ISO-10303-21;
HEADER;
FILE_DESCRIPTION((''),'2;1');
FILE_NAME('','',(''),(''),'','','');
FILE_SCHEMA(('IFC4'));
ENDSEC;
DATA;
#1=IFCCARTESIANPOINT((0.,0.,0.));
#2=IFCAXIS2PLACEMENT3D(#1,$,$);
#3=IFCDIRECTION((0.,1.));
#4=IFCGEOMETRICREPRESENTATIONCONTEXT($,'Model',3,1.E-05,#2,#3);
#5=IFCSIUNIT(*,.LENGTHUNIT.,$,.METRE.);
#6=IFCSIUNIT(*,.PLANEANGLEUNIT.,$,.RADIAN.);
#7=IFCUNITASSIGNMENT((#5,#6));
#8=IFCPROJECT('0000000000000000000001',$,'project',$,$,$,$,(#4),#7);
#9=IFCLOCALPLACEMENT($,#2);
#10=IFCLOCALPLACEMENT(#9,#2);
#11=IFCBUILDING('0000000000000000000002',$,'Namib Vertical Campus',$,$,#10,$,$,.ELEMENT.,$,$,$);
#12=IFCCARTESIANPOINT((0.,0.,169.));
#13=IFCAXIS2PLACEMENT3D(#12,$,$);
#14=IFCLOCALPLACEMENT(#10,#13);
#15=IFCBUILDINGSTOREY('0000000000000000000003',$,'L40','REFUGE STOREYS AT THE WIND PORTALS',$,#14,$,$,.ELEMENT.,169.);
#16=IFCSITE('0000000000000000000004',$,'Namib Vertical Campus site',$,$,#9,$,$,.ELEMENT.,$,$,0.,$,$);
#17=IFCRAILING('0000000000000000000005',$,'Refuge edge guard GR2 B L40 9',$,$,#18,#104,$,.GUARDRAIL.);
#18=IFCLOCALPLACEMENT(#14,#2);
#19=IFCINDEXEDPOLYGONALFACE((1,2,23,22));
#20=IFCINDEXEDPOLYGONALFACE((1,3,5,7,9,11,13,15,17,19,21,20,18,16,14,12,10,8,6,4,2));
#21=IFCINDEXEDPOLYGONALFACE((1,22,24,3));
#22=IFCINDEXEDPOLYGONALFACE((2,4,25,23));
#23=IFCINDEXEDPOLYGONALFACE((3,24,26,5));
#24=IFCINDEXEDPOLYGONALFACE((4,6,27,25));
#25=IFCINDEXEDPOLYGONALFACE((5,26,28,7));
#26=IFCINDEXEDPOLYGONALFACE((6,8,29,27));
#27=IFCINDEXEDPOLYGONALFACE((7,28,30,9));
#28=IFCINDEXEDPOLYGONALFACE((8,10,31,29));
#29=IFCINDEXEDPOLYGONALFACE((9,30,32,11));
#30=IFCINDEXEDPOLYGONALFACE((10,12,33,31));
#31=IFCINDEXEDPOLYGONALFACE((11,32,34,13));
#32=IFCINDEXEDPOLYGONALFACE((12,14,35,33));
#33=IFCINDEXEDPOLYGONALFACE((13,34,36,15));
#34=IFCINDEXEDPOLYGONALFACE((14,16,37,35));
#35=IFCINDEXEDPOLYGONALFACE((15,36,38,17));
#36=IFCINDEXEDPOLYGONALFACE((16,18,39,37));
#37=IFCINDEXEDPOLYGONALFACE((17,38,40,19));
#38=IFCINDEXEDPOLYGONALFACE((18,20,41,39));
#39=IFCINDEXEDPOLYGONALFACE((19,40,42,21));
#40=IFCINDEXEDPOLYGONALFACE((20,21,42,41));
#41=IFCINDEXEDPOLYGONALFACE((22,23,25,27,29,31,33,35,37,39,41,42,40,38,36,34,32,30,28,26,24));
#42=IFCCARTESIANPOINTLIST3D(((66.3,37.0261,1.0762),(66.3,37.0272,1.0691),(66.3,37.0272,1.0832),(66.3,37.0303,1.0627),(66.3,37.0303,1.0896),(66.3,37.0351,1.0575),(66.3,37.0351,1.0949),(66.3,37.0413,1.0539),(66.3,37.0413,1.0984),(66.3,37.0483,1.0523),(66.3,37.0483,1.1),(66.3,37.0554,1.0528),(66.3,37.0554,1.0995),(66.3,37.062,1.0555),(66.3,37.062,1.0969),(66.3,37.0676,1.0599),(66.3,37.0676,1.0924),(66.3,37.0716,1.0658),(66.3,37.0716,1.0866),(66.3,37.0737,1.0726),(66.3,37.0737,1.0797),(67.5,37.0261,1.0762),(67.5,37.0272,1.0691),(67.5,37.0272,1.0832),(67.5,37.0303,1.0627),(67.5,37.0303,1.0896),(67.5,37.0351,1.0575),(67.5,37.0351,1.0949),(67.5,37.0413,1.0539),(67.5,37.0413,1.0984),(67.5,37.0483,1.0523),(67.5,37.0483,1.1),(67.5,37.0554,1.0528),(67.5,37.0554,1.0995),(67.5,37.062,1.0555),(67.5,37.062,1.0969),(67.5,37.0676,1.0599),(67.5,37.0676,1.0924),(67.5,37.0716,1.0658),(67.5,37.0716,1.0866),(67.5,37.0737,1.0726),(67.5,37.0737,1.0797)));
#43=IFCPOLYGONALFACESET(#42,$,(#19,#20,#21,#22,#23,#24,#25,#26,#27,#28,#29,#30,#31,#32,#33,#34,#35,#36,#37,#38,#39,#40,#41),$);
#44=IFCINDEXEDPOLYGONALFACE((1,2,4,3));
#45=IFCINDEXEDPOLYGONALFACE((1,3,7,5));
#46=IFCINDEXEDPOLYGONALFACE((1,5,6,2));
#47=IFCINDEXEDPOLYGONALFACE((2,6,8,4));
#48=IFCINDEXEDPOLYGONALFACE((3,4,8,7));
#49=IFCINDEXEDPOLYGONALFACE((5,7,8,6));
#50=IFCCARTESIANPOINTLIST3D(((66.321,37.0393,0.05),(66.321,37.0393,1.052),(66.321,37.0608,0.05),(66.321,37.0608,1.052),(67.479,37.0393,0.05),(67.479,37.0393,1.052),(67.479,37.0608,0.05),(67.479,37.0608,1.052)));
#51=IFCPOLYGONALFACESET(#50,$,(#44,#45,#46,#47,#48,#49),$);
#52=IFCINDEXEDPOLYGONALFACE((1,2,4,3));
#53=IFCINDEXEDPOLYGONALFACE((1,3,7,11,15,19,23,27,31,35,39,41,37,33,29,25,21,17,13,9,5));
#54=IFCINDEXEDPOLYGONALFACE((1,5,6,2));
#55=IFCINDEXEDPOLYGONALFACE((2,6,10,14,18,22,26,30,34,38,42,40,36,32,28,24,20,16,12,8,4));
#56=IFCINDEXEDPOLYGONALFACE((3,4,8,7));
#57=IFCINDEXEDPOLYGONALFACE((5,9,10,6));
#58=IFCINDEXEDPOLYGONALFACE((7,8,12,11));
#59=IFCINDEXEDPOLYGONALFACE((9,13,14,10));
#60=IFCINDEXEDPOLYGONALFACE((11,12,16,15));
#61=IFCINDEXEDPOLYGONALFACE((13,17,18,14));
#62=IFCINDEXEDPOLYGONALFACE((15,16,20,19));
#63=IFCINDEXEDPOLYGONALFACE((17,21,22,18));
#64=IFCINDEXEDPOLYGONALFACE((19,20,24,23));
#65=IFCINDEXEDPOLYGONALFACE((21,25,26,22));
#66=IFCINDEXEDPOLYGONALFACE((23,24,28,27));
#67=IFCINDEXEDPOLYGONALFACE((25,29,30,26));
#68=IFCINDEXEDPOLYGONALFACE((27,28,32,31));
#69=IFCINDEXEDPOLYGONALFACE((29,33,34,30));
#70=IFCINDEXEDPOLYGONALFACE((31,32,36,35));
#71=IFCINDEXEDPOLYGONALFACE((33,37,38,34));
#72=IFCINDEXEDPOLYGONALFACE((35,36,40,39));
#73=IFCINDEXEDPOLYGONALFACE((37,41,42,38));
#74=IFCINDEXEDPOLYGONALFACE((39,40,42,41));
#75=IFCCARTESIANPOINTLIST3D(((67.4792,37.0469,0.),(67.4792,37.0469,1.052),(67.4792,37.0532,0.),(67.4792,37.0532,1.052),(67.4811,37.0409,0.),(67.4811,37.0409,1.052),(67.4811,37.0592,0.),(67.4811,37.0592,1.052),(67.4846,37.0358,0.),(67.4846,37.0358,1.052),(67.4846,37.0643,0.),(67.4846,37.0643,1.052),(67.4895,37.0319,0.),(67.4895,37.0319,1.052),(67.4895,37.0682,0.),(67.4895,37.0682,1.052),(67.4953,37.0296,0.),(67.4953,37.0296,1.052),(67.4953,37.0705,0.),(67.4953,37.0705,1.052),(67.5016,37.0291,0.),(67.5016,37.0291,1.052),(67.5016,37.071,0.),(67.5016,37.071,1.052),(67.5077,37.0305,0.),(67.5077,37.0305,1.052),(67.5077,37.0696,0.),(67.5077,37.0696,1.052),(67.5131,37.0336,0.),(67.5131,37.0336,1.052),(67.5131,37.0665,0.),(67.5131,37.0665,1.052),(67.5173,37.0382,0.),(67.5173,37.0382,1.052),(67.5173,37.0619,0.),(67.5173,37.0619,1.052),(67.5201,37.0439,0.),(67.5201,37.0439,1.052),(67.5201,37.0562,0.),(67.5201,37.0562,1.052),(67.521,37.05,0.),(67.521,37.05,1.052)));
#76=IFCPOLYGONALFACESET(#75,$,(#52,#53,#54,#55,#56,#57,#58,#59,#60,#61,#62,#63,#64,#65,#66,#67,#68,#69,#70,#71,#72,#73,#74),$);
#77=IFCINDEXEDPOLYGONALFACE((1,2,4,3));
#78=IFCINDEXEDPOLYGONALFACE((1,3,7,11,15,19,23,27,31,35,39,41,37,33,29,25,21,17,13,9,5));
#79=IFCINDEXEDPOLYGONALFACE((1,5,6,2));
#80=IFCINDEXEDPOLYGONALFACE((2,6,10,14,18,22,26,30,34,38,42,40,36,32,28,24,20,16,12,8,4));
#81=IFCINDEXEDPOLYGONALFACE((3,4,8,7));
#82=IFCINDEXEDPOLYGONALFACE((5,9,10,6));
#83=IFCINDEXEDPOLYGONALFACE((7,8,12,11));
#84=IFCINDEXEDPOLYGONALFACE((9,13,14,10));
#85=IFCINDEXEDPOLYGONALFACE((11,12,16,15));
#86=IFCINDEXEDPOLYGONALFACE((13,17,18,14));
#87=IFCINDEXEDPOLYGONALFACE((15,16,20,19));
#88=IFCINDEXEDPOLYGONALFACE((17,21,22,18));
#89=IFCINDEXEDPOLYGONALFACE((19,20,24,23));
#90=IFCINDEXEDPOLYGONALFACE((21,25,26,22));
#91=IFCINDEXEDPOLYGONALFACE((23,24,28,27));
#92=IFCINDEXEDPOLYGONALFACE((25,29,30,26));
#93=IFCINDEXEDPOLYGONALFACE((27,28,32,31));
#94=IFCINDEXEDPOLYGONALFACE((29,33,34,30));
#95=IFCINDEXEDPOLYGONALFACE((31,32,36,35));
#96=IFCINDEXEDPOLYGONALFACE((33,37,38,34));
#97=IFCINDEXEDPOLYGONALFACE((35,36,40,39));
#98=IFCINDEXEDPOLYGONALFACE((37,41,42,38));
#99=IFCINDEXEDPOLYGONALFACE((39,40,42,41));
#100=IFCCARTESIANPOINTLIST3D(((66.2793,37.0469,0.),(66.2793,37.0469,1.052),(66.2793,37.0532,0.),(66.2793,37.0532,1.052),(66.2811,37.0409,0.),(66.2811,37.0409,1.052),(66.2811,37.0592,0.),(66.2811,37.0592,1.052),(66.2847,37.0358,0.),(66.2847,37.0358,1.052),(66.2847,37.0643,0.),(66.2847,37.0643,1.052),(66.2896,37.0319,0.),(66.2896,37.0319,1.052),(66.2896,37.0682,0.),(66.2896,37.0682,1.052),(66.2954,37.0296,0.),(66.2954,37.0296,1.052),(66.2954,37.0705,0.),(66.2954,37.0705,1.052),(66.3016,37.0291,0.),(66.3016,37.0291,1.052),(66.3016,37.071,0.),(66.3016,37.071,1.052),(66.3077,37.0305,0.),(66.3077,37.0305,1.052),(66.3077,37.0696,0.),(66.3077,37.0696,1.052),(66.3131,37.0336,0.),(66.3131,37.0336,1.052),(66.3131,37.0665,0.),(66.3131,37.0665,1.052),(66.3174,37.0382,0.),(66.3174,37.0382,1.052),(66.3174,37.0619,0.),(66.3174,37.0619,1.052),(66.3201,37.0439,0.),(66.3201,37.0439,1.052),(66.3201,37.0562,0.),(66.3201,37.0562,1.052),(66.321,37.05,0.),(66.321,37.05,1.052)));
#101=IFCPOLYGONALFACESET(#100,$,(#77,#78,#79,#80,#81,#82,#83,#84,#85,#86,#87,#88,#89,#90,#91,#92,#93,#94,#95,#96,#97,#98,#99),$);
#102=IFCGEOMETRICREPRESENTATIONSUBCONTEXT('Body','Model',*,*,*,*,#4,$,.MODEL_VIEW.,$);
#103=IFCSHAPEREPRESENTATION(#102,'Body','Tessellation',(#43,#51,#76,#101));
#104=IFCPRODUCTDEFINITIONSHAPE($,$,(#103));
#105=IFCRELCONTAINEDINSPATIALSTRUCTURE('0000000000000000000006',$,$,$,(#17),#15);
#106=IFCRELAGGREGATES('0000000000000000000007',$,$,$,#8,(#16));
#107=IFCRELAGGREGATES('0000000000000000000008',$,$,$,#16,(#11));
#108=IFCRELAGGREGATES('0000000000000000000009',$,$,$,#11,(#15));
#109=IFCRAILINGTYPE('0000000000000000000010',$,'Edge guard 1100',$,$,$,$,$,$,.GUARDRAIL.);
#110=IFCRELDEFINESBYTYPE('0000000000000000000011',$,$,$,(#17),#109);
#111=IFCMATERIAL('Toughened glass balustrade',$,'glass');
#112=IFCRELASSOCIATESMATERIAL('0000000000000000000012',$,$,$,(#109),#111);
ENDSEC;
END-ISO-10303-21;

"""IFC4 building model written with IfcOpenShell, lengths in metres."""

from ifc_helpers import new_model, si_unit, direction, frame, origin, origin_2d, place, context, subcontext, project, spatial, polyline, circle, outline, extrude, material, type_object, element, save


model = new_model("IFC4")

# Units and contexts
model_context = context("Model", 3, precision=1e-05, world=origin(), true_north=direction((0.0, 1.0)))
body_context = subcontext(model_context, "Body", "Model", "MODEL_VIEW")
ifc_project = project(units=[si_unit("LENGTHUNIT", "METRE"), si_unit("PLANEANGLEUNIT", "RADIAN")], contexts=[model_context])

# Site, building, storey
site_placement = place(None, origin())
site = spatial("IfcSite", under=ifc_project, at=site_placement, Name="Namib Vertical Campus site", CompositionType="ELEMENT", RefElevation=0.0)
building_placement = place(site_placement, origin())
building = spatial("IfcBuilding", under=site, at=building_placement, Name="Namib Vertical Campus", CompositionType="ELEMENT")
storey_placement = place(building_placement, frame((0.0, 0.0, 169.0)))
storey = spatial("IfcBuildingStorey", under=building, at=storey_placement, Name="L40", Description="REFUGE STOREYS AT THE WIND PORTALS", CompositionType="ELEMENT", Elevation=169.0)

# Railing
ifc_material_1 = material(Name="Toughened glass balustrade", Category="glass")
railing_type = type_object("IfcRailingType", Name="Edge guard 1100", PredefinedType="GUARDRAIL", material=ifc_material_1)
railing_1_placement = place(storey_placement, frame((67.5, 37.05, 0.0)))
element("IfcRailing", 1, at=railing_1_placement, inside=storey, type_object=railing_type, Name="Refuge edge guard GR2 B L40 9", PredefinedType="GUARDRAIL", context=body_context, shape_type="SweptSolid", body=[
    extrude(circle(Radius=0.0239, at=origin_2d()), frame((0.0, 0.0, 1.0762), z_axis=(-1.0, 0.0, 0.0), x_axis=(0.0, -1.0, 0.0)), (0.0, 0.0, 1.0), 1.2),
    extrude(outline(polyline([(0.021, 0.05), (1.179, 0.05), (1.179, 1.052), (0.021, 1.052), (0.021, 0.05)])), frame((0.0, -0.0107, 0.0), z_axis=(0.0, 1.0, 0.0), x_axis=(-1.0, 0.0, 0.0)), (0.0, 0.0, 1.0), 0.0215),
    extrude(circle(Radius=0.021, at=origin_2d()), origin(), (0.0, 0.0, 1.0), 1.052),
    extrude(circle(Radius=0.021, at=origin_2d()), frame((-1.2, 0.0, 0.0)), (0.0, 0.0, 1.0), 1.052),
])

save(model, "model.ifc")
